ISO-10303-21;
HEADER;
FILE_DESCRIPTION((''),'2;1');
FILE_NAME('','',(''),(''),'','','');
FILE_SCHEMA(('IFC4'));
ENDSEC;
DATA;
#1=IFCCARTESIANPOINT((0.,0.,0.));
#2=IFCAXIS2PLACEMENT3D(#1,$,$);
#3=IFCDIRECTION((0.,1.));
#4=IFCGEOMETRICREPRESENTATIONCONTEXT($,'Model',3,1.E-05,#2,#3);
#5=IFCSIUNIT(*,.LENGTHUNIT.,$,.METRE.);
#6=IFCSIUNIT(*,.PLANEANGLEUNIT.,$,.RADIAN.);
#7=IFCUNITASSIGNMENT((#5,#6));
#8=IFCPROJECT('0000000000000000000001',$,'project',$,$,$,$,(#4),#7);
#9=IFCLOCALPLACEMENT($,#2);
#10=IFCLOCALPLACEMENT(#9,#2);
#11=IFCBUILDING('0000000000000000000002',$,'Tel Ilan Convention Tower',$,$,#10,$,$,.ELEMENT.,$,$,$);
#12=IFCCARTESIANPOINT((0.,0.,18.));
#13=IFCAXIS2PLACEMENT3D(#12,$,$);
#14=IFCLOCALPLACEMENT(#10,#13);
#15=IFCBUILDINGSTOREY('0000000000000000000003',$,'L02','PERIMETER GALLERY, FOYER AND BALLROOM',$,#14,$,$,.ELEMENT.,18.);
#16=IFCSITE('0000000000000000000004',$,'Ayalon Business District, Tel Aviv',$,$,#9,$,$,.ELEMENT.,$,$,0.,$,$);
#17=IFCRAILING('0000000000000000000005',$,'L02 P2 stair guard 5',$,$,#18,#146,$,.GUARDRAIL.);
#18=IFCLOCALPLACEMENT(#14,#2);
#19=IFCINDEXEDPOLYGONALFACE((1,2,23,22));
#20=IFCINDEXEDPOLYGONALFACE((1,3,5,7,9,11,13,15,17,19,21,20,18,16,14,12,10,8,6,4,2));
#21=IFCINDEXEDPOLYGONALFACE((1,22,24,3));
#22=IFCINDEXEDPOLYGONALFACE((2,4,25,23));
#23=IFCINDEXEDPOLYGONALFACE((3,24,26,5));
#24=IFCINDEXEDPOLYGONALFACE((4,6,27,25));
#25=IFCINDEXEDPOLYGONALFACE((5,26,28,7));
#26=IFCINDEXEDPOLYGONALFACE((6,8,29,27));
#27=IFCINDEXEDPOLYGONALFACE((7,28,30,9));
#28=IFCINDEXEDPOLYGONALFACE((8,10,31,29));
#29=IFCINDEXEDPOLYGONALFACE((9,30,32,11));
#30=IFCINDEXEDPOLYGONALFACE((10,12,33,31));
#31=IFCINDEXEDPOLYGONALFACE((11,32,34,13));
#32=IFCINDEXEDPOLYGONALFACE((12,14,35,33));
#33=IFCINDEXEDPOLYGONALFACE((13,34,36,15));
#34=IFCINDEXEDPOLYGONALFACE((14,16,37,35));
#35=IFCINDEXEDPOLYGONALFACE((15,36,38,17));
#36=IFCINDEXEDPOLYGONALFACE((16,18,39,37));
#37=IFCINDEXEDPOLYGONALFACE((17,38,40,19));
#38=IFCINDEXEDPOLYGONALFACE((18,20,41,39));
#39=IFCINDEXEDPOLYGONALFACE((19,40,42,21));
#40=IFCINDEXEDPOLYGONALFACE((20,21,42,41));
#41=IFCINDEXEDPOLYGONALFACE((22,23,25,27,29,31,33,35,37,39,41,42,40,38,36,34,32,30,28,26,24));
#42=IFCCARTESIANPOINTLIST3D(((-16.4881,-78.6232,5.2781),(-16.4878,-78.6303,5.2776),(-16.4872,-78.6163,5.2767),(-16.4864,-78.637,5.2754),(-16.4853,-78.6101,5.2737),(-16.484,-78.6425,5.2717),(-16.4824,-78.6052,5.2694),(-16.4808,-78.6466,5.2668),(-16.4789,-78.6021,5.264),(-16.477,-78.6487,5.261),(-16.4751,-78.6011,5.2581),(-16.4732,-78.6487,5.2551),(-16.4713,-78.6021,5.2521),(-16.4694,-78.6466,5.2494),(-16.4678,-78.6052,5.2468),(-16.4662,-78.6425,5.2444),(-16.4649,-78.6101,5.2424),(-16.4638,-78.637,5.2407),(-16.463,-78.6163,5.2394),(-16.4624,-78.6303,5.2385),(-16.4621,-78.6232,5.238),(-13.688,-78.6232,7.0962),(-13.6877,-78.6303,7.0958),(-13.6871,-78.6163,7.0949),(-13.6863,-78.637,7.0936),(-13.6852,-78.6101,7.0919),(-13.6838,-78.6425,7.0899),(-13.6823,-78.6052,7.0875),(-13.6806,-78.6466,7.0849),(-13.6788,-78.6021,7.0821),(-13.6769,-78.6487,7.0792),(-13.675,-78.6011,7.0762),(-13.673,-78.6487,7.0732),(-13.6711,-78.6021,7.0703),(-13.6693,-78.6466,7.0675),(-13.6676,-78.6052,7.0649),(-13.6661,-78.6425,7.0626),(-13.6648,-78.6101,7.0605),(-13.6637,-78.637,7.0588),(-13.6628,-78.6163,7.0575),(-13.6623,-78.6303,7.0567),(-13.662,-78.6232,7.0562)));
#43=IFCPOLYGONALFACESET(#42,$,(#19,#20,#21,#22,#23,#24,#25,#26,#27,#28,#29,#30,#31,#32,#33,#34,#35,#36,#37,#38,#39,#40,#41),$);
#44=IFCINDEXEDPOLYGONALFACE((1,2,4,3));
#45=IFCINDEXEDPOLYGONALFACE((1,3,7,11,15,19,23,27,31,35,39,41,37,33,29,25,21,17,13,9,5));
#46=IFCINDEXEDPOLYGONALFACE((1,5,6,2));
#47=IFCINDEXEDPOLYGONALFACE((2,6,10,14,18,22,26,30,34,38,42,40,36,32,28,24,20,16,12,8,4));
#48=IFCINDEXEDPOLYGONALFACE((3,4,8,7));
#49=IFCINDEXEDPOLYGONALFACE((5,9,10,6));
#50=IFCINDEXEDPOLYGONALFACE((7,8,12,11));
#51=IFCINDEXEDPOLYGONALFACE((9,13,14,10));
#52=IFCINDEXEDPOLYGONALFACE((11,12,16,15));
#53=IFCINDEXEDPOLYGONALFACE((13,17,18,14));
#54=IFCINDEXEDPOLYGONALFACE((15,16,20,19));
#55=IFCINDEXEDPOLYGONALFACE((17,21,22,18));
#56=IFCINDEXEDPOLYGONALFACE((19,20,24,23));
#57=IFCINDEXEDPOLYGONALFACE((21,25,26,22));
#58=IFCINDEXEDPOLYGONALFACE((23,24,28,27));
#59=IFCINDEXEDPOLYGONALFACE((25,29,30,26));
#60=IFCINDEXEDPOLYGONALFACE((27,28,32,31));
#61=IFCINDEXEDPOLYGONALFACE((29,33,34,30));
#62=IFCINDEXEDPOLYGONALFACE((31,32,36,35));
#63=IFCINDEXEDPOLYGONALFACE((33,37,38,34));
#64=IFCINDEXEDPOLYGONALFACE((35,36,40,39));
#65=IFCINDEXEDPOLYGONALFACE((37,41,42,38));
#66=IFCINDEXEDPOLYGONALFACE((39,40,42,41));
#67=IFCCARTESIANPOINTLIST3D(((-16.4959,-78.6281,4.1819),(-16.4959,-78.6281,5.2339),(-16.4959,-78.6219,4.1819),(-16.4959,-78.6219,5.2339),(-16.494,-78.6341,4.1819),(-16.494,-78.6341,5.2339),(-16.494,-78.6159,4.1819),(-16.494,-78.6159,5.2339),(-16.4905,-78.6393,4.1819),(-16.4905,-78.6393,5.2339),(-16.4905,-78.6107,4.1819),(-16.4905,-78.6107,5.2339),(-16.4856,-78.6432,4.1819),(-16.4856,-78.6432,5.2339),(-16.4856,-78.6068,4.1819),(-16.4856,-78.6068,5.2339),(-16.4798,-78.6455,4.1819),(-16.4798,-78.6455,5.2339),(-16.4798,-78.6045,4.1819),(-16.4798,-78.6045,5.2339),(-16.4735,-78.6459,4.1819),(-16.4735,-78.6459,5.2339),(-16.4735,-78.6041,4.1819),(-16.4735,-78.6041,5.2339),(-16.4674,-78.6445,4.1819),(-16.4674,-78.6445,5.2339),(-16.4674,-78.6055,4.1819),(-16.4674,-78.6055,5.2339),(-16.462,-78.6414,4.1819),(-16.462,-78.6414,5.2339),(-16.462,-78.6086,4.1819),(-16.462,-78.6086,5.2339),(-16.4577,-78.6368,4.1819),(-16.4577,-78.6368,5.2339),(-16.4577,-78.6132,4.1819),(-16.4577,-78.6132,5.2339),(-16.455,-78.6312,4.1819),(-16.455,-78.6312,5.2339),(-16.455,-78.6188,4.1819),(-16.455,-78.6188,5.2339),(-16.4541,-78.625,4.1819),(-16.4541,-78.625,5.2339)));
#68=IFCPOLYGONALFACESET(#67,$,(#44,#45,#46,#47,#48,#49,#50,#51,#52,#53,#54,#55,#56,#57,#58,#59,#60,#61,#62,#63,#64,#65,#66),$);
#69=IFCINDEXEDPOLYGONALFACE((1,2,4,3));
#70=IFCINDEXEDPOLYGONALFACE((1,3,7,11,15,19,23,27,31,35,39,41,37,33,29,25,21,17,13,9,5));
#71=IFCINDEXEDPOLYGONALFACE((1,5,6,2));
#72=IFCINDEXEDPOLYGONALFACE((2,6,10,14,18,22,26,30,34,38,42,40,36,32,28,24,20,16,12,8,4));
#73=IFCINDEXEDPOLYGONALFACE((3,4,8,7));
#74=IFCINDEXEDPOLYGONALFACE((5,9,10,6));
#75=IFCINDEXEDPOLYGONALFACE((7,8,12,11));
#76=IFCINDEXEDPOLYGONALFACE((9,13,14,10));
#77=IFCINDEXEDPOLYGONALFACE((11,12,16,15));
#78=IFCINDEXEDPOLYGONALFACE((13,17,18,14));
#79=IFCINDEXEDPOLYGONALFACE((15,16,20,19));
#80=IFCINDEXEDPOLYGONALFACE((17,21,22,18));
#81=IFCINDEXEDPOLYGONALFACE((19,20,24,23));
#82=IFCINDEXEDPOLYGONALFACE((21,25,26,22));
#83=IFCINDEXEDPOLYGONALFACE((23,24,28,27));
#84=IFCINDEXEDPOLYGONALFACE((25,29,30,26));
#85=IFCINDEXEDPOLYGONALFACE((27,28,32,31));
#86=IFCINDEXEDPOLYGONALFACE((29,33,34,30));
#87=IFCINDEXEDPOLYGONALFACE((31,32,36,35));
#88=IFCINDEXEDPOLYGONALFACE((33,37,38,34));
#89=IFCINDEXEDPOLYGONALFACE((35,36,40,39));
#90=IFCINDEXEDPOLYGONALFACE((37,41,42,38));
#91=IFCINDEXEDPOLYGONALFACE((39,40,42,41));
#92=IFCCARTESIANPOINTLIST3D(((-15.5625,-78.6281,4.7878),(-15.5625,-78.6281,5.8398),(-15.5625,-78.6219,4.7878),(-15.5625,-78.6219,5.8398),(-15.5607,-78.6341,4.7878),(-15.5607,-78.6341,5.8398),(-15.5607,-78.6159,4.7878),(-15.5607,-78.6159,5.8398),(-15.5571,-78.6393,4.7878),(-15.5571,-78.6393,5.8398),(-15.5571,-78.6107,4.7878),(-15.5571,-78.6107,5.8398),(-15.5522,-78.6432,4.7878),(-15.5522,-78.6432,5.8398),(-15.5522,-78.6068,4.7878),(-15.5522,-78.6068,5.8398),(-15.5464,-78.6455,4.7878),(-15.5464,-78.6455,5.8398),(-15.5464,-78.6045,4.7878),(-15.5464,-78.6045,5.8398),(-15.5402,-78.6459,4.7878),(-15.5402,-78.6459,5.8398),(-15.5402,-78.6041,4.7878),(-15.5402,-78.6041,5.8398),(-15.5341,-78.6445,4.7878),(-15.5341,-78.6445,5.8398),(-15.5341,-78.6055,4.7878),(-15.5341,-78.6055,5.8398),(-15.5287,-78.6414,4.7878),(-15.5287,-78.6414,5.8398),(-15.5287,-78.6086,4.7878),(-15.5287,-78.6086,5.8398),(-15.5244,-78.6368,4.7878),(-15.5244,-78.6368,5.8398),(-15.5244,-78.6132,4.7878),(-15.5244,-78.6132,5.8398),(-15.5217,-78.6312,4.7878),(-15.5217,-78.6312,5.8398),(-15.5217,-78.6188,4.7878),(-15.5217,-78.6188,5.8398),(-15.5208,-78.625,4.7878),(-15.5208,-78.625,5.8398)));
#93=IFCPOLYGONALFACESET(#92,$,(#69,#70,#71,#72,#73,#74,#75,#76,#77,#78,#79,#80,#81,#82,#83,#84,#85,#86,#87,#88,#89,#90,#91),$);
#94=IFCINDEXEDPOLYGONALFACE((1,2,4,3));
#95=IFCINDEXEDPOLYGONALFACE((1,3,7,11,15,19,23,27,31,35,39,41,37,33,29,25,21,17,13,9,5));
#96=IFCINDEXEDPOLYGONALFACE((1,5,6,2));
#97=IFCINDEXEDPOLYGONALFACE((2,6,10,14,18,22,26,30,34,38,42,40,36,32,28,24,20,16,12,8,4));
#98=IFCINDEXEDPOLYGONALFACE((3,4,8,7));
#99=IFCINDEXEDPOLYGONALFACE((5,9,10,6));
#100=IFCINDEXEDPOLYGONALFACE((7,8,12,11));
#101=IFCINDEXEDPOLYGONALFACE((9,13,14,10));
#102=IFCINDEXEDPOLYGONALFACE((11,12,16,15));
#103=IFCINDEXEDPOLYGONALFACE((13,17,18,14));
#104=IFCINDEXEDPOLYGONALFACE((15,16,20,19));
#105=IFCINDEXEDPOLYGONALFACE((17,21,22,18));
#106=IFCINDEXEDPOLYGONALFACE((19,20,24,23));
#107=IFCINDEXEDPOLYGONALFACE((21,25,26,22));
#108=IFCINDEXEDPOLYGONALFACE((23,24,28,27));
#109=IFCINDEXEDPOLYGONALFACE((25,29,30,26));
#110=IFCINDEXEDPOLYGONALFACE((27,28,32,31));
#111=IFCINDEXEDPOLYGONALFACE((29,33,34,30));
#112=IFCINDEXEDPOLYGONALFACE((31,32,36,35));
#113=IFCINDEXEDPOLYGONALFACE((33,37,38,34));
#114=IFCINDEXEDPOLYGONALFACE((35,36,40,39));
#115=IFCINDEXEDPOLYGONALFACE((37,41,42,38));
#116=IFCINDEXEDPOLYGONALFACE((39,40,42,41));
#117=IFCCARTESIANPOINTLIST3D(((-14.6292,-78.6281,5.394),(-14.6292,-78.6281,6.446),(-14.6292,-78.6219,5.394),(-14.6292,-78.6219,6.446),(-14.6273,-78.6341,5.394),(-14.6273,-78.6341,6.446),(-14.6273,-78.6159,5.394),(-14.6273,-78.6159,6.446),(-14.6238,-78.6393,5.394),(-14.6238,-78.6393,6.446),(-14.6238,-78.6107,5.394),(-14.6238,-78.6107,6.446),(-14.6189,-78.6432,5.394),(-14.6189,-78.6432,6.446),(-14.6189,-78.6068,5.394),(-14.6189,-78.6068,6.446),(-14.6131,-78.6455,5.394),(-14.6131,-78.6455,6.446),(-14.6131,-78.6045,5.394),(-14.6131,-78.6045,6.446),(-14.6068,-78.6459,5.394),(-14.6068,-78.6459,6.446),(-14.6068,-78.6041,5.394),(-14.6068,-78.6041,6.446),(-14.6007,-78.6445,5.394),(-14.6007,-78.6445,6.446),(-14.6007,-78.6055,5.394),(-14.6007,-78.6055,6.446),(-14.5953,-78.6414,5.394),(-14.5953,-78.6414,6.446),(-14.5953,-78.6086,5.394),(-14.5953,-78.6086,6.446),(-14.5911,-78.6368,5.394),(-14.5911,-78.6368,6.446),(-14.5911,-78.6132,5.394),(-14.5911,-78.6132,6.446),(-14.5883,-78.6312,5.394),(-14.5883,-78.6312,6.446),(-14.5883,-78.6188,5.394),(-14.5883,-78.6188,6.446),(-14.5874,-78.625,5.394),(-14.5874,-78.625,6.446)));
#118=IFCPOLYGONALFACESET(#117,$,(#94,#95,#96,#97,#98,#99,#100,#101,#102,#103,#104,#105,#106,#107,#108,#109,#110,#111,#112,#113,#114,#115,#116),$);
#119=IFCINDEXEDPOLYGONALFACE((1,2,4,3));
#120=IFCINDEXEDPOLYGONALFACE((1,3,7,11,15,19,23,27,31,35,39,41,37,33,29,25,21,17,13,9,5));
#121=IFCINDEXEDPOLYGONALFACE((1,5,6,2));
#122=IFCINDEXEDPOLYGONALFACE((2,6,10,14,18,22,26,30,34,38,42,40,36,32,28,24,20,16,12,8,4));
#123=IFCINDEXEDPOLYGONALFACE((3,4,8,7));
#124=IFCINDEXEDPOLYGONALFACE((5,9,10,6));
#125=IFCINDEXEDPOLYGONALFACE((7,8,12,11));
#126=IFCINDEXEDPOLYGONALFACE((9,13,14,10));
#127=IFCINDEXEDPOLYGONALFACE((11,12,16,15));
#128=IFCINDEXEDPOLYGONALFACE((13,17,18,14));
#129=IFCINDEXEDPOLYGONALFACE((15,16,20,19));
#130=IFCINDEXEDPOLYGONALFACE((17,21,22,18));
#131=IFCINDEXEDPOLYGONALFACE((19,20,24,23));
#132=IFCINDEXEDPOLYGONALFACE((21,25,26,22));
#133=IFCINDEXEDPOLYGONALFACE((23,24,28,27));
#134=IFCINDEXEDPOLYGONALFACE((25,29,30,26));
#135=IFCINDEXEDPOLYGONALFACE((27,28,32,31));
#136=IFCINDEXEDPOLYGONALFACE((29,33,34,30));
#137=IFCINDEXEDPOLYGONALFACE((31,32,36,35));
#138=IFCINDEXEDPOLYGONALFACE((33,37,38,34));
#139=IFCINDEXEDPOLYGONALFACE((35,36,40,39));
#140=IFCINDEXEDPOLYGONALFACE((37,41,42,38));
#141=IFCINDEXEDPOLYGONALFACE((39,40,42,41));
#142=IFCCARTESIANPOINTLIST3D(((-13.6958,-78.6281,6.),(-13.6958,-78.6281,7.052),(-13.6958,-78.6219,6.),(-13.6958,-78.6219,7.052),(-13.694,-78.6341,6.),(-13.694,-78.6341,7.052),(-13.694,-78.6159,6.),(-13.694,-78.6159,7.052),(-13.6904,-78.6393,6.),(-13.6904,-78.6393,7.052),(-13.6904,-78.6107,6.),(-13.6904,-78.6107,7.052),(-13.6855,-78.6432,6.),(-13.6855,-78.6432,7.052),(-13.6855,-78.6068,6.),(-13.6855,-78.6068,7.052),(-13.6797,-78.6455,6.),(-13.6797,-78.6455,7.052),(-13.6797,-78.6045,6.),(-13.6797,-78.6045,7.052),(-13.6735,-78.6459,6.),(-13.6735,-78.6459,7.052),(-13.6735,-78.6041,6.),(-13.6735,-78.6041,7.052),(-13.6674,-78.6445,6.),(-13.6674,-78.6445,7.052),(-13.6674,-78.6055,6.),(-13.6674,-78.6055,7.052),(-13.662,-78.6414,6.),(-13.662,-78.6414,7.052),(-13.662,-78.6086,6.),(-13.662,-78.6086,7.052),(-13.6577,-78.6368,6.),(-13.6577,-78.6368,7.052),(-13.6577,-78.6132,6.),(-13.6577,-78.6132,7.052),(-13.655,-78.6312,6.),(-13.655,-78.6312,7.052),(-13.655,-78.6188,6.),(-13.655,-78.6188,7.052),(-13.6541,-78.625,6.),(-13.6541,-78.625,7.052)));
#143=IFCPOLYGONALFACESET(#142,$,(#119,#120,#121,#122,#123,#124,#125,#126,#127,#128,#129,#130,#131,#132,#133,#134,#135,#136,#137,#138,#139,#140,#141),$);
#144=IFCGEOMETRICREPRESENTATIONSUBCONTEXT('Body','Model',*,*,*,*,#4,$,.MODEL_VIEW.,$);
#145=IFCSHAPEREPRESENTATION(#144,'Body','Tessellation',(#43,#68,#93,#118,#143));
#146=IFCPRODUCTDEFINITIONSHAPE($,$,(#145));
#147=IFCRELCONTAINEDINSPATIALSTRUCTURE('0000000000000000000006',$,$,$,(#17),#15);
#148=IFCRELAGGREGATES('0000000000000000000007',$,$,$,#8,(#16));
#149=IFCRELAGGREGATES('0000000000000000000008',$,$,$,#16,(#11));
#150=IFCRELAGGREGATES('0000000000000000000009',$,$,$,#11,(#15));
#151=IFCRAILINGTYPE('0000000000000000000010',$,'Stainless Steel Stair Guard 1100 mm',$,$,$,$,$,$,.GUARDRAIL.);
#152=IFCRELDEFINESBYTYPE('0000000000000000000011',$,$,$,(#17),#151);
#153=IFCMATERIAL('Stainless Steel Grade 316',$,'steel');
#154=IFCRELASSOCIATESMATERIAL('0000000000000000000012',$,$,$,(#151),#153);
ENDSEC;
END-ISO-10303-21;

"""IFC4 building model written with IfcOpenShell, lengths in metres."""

from ifc_helpers import new_model, si_unit, direction, frame, origin, origin_2d, place, context, subcontext, project, spatial, circle, extrude, material, type_object, element, save


model = new_model("IFC4")

# Units and contexts
model_context = context("Model", 3, precision=1e-05, world=origin(), true_north=direction((0.0, 1.0)))
body_context = subcontext(model_context, "Body", "Model", "MODEL_VIEW")
ifc_project = project(units=[si_unit("LENGTHUNIT", "METRE"), si_unit("PLANEANGLEUNIT", "RADIAN")], contexts=[model_context])

# Site, building, storey
site_placement = place(None, origin())
site = spatial("IfcSite", under=ifc_project, at=site_placement, Name="Ayalon Business District, Tel Aviv", CompositionType="ELEMENT", RefElevation=0.0)
building_placement = place(site_placement, origin())
building = spatial("IfcBuilding", under=site, at=building_placement, Name="Tel Ilan Convention Tower", CompositionType="ELEMENT")
storey_placement = place(building_placement, frame((0.0, 0.0, 18.0)))
storey = spatial("IfcBuildingStorey", under=building, at=storey_placement, Name="L02", Description="PERIMETER GALLERY, FOYER AND BALLROOM", CompositionType="ELEMENT", Elevation=18.0)

# Railing
ifc_material_1 = material(Name="Stainless Steel Grade 316", Category="steel")
railing_type_1 = type_object("IfcRailingType", Name="Stainless Steel Stair Guard 1100 mm", PredefinedType="GUARDRAIL", material=ifc_material_1)
railing_1_placement = place(storey_placement, frame((-16.4751, -78.625, 4.1819)))
element("IfcRailing", 1, at=railing_1_placement, inside=storey, type_object=railing_type_1, Name="L02 P2 stair guard 5", PredefinedType="GUARDRAIL", context=body_context, shape_type="SweptSolid", body=[
    extrude(circle(Radius=0.0239, at=origin_2d()), frame((0.0, 0.0, 1.0762), z_axis=(0.838706, 0.0, 0.544585), x_axis=(0.0, 1.0, 0.0)), (0.0, 0.0, 1.0), 3.3386),
    extrude(circle(Radius=0.021, at=origin_2d()), origin(), (0.0, 0.0, 1.0), 1.052),
    extrude(circle(Radius=0.021, at=origin_2d()), frame((0.9333, 0.0, 0.606)), (0.0, 0.0, 1.0), 1.052),
    extrude(circle(Radius=0.021, at=origin_2d()), frame((1.8667, 0.0, 1.2122)), (0.0, 0.0, 1.0), 1.052),
    extrude(circle(Radius=0.021, at=origin_2d()), frame((2.8, 0.0, 1.8181)), (0.0, 0.0, 1.0), 1.052),
])

save(model, "model.ifc")
